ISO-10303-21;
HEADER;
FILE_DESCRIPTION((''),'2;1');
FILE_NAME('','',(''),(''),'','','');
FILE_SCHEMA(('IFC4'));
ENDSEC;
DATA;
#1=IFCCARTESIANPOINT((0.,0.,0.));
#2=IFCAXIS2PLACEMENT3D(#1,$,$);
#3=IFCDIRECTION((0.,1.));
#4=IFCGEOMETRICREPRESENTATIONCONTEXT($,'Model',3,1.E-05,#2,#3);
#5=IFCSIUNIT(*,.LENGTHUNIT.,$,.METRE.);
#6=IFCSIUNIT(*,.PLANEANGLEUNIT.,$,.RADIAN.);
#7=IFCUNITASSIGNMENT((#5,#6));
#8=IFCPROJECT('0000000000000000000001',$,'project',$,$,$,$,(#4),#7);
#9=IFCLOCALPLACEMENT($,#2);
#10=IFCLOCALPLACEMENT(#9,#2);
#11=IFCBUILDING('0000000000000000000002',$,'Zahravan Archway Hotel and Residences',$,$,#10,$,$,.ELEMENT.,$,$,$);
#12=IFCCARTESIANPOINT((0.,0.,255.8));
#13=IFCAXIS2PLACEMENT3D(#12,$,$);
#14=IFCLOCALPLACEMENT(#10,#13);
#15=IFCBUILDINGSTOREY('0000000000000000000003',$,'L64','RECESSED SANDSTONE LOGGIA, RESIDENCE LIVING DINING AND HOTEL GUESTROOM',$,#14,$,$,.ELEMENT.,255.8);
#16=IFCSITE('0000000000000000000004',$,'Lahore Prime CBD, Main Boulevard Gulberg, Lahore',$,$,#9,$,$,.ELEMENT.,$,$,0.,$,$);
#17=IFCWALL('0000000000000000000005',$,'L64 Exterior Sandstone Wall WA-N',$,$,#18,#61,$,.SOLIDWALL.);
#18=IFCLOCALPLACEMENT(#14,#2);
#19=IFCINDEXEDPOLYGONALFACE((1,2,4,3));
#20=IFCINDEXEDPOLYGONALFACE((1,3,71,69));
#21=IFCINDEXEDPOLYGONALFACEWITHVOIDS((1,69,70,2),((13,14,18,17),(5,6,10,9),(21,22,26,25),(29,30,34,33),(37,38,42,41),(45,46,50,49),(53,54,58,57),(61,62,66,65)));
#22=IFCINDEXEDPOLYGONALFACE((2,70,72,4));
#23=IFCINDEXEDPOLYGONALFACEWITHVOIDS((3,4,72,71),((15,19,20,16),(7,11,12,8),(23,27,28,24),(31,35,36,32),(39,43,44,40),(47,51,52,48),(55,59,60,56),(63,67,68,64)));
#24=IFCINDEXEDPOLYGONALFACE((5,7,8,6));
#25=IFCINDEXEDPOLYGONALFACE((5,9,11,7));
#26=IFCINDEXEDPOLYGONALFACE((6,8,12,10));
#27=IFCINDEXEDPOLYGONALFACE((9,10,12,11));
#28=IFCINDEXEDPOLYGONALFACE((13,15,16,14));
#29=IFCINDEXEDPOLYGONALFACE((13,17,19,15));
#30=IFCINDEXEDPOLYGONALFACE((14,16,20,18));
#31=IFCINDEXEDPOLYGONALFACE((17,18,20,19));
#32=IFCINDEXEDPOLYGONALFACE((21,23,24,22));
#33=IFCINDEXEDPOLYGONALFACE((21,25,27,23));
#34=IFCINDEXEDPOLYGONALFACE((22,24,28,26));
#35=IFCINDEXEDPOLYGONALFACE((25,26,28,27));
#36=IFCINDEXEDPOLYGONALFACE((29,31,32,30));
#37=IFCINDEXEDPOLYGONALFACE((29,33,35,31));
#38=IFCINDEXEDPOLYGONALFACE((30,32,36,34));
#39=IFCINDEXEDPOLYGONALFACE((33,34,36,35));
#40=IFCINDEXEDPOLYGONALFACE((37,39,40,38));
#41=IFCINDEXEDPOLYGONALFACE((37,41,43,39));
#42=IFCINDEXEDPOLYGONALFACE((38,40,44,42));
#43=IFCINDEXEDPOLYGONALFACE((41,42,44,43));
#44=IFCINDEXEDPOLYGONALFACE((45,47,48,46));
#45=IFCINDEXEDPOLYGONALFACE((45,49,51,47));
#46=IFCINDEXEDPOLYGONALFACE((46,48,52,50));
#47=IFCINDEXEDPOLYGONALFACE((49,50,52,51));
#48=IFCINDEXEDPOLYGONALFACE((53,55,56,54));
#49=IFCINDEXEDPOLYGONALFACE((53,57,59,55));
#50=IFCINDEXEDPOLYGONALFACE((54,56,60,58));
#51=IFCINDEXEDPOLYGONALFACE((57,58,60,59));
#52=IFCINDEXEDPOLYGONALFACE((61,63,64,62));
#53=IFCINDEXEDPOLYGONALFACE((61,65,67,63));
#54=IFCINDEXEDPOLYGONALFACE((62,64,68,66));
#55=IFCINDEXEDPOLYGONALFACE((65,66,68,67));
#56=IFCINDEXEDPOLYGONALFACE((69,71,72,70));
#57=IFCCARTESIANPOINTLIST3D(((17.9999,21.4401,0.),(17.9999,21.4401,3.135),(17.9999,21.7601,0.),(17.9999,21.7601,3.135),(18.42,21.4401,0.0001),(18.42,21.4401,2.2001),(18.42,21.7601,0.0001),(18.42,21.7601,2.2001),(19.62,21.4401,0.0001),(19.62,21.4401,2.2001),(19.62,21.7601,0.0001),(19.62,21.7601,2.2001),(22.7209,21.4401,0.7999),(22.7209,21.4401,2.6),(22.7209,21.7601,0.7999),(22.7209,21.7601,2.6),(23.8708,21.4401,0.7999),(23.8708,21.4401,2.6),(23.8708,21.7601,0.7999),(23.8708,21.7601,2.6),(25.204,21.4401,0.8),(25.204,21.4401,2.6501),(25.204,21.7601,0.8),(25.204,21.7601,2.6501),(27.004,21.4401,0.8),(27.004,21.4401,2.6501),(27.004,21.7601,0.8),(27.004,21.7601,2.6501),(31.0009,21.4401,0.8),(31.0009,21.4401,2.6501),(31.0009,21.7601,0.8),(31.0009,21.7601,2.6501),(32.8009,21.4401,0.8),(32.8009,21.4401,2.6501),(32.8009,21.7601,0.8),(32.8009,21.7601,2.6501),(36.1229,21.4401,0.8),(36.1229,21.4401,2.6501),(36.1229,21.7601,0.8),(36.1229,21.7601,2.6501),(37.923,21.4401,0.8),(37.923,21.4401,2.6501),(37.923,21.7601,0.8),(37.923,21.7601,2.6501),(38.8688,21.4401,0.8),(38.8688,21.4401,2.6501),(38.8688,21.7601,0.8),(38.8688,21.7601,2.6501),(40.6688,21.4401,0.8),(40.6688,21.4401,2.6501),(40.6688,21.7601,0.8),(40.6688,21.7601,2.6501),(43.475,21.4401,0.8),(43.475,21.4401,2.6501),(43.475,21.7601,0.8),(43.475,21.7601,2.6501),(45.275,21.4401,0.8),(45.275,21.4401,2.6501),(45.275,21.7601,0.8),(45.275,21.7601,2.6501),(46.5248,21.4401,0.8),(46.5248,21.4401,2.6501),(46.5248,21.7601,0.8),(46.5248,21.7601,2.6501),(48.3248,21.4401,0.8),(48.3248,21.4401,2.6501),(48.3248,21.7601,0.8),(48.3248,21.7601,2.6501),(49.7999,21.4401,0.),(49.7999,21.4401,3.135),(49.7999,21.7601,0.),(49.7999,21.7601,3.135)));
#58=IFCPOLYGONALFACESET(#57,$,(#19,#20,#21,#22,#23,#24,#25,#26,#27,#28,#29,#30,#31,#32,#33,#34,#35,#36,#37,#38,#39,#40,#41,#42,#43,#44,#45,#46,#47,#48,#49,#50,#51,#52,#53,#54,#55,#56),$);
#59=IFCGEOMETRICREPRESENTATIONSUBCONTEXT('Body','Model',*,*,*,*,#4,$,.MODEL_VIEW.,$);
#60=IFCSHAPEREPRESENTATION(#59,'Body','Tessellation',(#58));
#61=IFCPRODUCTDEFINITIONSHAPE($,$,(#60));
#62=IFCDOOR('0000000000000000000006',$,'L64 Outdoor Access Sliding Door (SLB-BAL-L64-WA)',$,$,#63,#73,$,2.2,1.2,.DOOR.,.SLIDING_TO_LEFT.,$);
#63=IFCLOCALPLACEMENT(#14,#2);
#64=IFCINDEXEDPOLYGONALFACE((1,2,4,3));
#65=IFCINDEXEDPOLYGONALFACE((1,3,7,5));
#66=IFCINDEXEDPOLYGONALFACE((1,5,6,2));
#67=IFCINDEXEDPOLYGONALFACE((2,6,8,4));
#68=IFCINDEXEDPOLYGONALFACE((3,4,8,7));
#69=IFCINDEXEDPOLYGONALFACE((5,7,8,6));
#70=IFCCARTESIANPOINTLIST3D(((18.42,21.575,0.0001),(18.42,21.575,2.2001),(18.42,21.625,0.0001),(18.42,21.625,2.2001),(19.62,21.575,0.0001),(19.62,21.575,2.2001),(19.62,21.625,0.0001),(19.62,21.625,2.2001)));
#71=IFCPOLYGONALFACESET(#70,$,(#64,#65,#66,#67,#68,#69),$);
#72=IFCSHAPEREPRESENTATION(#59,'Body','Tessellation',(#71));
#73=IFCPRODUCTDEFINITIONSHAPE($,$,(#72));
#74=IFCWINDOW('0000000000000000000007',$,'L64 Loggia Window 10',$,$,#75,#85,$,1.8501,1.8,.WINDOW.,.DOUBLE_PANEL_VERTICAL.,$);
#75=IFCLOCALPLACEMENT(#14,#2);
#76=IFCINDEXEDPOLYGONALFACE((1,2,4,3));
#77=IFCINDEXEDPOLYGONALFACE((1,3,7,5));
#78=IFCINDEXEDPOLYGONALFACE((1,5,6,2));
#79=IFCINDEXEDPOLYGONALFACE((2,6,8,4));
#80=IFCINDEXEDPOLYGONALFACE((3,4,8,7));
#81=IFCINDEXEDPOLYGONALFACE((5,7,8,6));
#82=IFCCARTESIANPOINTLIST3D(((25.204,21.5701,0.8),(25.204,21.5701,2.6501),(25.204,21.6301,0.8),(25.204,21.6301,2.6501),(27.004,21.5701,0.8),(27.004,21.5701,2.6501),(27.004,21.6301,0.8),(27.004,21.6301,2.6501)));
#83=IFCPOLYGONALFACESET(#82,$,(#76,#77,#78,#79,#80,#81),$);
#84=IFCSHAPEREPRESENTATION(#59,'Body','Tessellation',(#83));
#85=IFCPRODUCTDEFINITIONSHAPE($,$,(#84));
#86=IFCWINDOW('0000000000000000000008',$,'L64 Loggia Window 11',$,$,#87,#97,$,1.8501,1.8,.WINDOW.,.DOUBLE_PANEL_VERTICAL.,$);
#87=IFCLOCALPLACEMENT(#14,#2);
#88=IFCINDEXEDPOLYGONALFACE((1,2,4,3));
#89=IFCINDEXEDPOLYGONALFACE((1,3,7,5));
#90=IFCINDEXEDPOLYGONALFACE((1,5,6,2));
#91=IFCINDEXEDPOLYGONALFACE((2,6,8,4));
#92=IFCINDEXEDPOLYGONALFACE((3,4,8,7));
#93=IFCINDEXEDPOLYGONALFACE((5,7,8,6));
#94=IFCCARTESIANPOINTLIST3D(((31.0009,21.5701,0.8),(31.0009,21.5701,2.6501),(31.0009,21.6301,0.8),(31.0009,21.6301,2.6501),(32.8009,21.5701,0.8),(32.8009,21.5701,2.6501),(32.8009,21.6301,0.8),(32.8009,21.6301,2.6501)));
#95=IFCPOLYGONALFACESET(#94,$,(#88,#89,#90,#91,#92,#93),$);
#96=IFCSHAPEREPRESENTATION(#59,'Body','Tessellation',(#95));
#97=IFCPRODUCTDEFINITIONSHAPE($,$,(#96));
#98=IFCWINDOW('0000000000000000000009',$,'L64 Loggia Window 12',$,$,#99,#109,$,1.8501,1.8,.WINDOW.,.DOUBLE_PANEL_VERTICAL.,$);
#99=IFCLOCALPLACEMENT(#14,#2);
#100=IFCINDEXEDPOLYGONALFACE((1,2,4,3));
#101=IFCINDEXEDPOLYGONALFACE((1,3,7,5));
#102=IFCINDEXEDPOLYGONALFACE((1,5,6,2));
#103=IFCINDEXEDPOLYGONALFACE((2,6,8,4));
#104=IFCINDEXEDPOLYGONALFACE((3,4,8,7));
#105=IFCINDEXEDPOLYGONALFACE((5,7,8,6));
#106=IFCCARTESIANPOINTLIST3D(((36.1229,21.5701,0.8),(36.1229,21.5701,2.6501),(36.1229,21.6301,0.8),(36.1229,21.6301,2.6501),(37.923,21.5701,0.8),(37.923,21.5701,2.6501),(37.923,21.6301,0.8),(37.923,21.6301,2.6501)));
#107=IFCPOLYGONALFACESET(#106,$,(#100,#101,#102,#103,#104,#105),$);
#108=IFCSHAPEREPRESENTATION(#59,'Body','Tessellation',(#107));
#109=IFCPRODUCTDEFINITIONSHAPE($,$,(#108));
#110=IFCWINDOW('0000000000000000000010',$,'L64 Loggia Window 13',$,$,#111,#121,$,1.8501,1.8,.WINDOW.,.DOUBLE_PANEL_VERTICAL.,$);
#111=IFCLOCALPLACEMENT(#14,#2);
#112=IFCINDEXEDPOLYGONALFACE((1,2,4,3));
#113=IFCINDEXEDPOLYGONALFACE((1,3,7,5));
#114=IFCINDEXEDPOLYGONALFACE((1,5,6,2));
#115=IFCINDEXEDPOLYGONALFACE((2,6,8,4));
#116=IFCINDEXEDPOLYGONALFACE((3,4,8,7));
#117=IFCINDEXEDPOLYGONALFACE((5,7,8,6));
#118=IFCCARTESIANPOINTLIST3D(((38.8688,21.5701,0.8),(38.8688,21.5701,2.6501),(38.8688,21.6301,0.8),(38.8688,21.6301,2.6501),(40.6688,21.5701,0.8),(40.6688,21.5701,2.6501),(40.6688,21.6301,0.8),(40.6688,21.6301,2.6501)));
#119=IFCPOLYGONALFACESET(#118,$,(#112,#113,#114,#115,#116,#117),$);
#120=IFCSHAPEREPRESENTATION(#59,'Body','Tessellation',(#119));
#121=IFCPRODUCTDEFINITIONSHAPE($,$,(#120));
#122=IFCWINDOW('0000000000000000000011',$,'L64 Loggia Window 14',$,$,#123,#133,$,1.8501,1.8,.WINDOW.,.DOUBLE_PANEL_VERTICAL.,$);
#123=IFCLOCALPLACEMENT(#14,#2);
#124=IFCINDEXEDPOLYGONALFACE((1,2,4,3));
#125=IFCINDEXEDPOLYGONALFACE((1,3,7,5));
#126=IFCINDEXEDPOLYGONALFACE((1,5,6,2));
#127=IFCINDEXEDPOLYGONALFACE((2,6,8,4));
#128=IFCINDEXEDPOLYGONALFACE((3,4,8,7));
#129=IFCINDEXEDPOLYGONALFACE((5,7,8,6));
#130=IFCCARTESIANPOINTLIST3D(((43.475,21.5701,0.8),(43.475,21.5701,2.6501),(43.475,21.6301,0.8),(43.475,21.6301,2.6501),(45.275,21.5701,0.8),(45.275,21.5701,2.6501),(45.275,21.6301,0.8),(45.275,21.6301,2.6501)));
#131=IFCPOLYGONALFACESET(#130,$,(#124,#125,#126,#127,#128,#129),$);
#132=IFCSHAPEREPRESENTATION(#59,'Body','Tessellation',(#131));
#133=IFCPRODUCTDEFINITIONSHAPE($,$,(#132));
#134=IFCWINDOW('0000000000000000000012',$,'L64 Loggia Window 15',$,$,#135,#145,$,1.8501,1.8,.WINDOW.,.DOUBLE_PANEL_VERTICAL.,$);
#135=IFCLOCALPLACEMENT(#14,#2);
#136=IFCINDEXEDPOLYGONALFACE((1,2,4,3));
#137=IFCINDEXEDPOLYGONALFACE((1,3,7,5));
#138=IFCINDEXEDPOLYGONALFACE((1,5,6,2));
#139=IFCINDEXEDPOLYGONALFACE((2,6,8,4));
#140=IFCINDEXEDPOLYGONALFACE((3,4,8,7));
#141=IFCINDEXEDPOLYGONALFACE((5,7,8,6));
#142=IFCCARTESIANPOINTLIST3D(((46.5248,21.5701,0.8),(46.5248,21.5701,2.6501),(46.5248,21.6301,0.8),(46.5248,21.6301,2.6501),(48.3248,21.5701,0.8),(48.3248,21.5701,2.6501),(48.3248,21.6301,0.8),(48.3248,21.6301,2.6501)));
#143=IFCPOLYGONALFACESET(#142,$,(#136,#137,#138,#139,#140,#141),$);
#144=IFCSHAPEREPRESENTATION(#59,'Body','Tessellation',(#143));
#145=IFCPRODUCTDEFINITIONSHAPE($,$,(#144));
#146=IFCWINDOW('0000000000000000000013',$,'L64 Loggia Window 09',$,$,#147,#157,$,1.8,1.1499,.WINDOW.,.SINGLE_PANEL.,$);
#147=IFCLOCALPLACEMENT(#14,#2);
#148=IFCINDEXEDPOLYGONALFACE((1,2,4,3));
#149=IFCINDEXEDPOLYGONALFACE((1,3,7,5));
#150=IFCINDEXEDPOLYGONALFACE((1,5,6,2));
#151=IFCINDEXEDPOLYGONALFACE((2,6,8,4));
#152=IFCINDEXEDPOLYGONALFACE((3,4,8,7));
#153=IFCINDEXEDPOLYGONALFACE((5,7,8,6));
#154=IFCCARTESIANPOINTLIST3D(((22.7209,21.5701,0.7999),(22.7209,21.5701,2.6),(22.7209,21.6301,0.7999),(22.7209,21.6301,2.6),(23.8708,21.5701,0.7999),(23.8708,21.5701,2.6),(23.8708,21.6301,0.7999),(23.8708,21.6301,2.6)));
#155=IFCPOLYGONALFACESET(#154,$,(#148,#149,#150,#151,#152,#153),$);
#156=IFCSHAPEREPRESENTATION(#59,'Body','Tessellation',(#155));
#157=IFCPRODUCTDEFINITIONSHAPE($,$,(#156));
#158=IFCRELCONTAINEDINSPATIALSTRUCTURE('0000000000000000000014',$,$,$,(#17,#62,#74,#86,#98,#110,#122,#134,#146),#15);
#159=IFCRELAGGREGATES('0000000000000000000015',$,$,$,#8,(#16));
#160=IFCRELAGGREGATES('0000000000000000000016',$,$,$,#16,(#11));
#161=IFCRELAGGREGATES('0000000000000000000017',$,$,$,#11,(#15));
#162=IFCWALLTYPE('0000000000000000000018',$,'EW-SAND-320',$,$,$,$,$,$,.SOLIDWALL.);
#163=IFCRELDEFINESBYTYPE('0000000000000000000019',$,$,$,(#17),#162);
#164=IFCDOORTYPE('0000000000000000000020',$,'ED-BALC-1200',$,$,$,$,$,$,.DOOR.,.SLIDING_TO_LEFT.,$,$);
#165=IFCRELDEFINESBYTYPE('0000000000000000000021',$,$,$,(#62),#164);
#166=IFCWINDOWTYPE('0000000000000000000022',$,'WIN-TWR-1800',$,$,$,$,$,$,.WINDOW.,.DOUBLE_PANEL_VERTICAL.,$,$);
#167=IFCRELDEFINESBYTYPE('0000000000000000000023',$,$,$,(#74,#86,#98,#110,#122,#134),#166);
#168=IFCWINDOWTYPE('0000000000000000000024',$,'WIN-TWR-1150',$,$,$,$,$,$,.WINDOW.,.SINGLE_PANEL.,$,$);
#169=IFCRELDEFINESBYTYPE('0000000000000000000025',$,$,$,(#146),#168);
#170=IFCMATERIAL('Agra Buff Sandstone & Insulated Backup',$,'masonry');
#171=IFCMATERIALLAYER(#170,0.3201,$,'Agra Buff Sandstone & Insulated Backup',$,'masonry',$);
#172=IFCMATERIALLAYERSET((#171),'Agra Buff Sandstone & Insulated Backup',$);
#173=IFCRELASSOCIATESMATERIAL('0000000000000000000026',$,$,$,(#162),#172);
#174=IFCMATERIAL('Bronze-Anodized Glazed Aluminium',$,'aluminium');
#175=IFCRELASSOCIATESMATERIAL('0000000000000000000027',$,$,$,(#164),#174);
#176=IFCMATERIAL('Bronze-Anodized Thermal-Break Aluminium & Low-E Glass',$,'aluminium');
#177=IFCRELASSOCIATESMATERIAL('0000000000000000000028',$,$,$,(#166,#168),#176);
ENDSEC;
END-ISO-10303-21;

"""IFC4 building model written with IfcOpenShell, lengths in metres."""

from ifc_helpers import new_model, si_unit, direction, frame, frame_2d, origin, place, context, subcontext, project, spatial, rectangle, extrude, source, transform, mapped, material, layer, layer_set, type_object, type_shapes, element, fill, save


model = new_model("IFC4")

# Units and contexts
model_context = context("Model", 3, precision=1e-05, world=origin(), true_north=direction((0.0, 1.0)))
body_context = subcontext(model_context, "Body", "Model", "MODEL_VIEW")
ifc_project = project(units=[si_unit("LENGTHUNIT", "METRE"), si_unit("PLANEANGLEUNIT", "RADIAN")], contexts=[model_context])

# Site, building, storey
site_placement = place(None, origin())
site = spatial("IfcSite", under=ifc_project, at=site_placement, Name="Lahore Prime CBD, Main Boulevard Gulberg, Lahore", CompositionType="ELEMENT", RefElevation=0.0)
building_placement = place(site_placement, origin())
building = spatial("IfcBuilding", under=site, at=building_placement, Name="Zahravan Archway Hotel and Residences", CompositionType="ELEMENT")
storey_placement = place(building_placement, frame((0.0, 0.0, 255.8)))
storey = spatial("IfcBuildingStorey", under=building, at=storey_placement, Name="L64", Description="RECESSED SANDSTONE LOGGIA, RESIDENCE LIVING DINING AND HOTEL GUESTROOM", CompositionType="ELEMENT", Elevation=255.8)

# Wall, openings, door, windows
ifc_material_1 = material(Name="Agra Buff Sandstone & Insulated Backup", Category="masonry")
ifc_layer_1 = layer(ifc_material_1, 0.3201, Name="Agra Buff Sandstone & Insulated Backup", Category="masonry")
ifc_layer_set_1 = layer_set([ifc_layer_1], Name="Agra Buff Sandstone & Insulated Backup")
wall_type_1 = type_object("IfcWallType", Name="EW-SAND-320", PredefinedType="SOLIDWALL", material=ifc_layer_set_1)
wall_1_placement = place(storey_placement, frame((18.0, 21.6001, 0.0), z_axis=(0.0, 0.0, 1.0), x_axis=(1.0, 0.0, 0.0)))
wall_1 = element("IfcWall", 1, at=wall_1_placement, inside=storey, type_object=wall_type_1, Name="L64 Exterior Sandstone Wall WA-N", PredefinedType="SOLIDWALL", context=body_context, shape_type="SweptSolid", body=[
    extrude(rectangle(XDim=31.8, YDim=0.3201, at=frame_2d((15.8999, 0.0))), origin(), (0.0, 0.0, 1.0), 3.135),
])
opening_1_placement = place(wall_1_placement, frame((0.4199, 0.0, 0.0)))
opening_1 = element("IfcOpeningElement", 2, at=opening_1_placement, cuts=wall_1, PredefinedType="OPENING", context=body_context, shape_type="SweptSolid", body=[
    extrude(rectangle(XDim=1.2, YDim=2.2, at=frame_2d((0.6001, 1.1001))), frame((0.0, 0.1699, 0.0), z_axis=(0.0, -1.0, 0.0), x_axis=(1.0, 0.0, 0.0)), (0.0, 0.0, 1.0), 0.3401),
])
opening_2_placement = place(wall_1_placement, frame((4.7209, 0.0, 0.8)))
opening_2 = element("IfcOpeningElement", 3, at=opening_2_placement, cuts=wall_1, PredefinedType="OPENING", context=body_context, shape_type="SweptSolid", body=[
    extrude(rectangle(XDim=1.1499, YDim=1.8, at=frame_2d((0.575, 0.8999))), frame((0.0, 0.1699, 0.0), z_axis=(0.0, -1.0, 0.0), x_axis=(1.0, 0.0, 0.0)), (0.0, 0.0, 1.0), 0.3401),
])
opening_3_placement = place(wall_1_placement, frame((7.2041, 0.0, 0.8)))
opening_3 = element("IfcOpeningElement", 4, at=opening_3_placement, cuts=wall_1, PredefinedType="OPENING", context=body_context, shape_type="SweptSolid", body=[
    extrude(rectangle(XDim=1.8, YDim=1.8501, at=frame_2d((0.8999, 0.925))), frame((0.0, 0.1699, 0.0), z_axis=(0.0, -1.0, 0.0), x_axis=(1.0, 0.0, 0.0)), (0.0, 0.0, 1.0), 0.3401),
])
opening_4_placement = place(wall_1_placement, frame((13.001, 0.0, 0.8)))
opening_4 = element("IfcOpeningElement", 5, at=opening_4_placement, cuts=wall_1, PredefinedType="OPENING", context=body_context, shape_type="SweptSolid", body=[
    extrude(rectangle(XDim=1.8, YDim=1.8501, at=frame_2d((0.8999, 0.925))), frame((0.0, 0.1699, 0.0), z_axis=(0.0, -1.0, 0.0), x_axis=(1.0, 0.0, 0.0)), (0.0, 0.0, 1.0), 0.3401),
])
opening_5_placement = place(wall_1_placement, frame((18.123, 0.0, 0.8)))
opening_5 = element("IfcOpeningElement", 6, at=opening_5_placement, cuts=wall_1, PredefinedType="OPENING", context=body_context, shape_type="SweptSolid", body=[
    extrude(rectangle(XDim=1.8, YDim=1.8501, at=frame_2d((0.8999, 0.925))), frame((0.0, 0.1699, 0.0), z_axis=(0.0, -1.0, 0.0), x_axis=(1.0, 0.0, 0.0)), (0.0, 0.0, 1.0), 0.3401),
])
opening_6_placement = place(wall_1_placement, frame((20.8689, 0.0, 0.8)))
opening_6 = element("IfcOpeningElement", 7, at=opening_6_placement, cuts=wall_1, PredefinedType="OPENING", context=body_context, shape_type="SweptSolid", body=[
    extrude(rectangle(XDim=1.8, YDim=1.8501, at=frame_2d((0.8999, 0.925))), frame((0.0, 0.1699, 0.0), z_axis=(0.0, -1.0, 0.0), x_axis=(1.0, 0.0, 0.0)), (0.0, 0.0, 1.0), 0.3401),
])
opening_7_placement = place(wall_1_placement, frame((25.4751, 0.0, 0.8)))
opening_7 = element("IfcOpeningElement", 8, at=opening_7_placement, cuts=wall_1, PredefinedType="OPENING", context=body_context, shape_type="SweptSolid", body=[
    extrude(rectangle(XDim=1.8, YDim=1.8501, at=frame_2d((0.8999, 0.925))), frame((0.0, 0.1699, 0.0), z_axis=(0.0, -1.0, 0.0), x_axis=(1.0, 0.0, 0.0)), (0.0, 0.0, 1.0), 0.3401),
])
opening_8_placement = place(wall_1_placement, frame((28.5249, 0.0, 0.8)))
opening_8 = element("IfcOpeningElement", 9, at=opening_8_placement, cuts=wall_1, PredefinedType="OPENING", context=body_context, shape_type="SweptSolid", body=[
    extrude(rectangle(XDim=1.8, YDim=1.8501, at=frame_2d((0.8999, 0.925))), frame((0.0, 0.1699, 0.0), z_axis=(0.0, -1.0, 0.0), x_axis=(1.0, 0.0, 0.0)), (0.0, 0.0, 1.0), 0.3401),
])
ifc_material_2 = material(Name="Bronze-Anodized Glazed Aluminium", Category="aluminium")
door_type_1 = type_object("IfcDoorType", Name="ED-BALC-1200", OperationType="SLIDING_TO_LEFT", PredefinedType="DOOR", material=ifc_material_2)
shared_shape_1 = source(origin(), body_context, "Body", "SweptSolid", [
    extrude(rectangle(XDim=1.2, YDim=2.2, at=frame_2d((0.6001, 1.1001))), frame((0.0, 0.0249, 0.0), z_axis=(0.0, -1.0, 0.0), x_axis=(1.0, 0.0, 0.0)), (0.0, 0.0, 1.0), 0.05),
])
type_shapes(door_type_1, [shared_shape_1])
door_1_placement = place(opening_1_placement, origin())
door_1 = element("IfcDoor", 10, at=door_1_placement, inside=storey, type_object=door_type_1, Name="L64 Outdoor Access Sliding Door (SLB-BAL-L64-WA)", OperationType="SLIDING_TO_LEFT", OverallHeight=2.2, OverallWidth=1.2, PredefinedType="DOOR", context=body_context, shape_type="MappedRepresentation", body=[
    mapped(shared_shape_1, transform((0.0, 0.0, 0.0), scale=1.0)),
])
fill(opening_1, door_1)
ifc_material_3 = material(Name="Bronze-Anodized Thermal-Break Aluminium & Low-E Glass", Category="aluminium")
window_type_1 = type_object("IfcWindowType", Name="WIN-TWR-1800", PartitioningType="DOUBLE_PANEL_VERTICAL", PredefinedType="WINDOW", material=ifc_material_3)
shared_shape_2 = source(origin(), body_context, "Body", "SweptSolid", [
    extrude(rectangle(XDim=1.8, YDim=1.8501, at=frame_2d((0.8999, 0.925))), frame((0.0, 0.03, 0.0), z_axis=(0.0, -1.0, 0.0), x_axis=(1.0, 0.0, 0.0)), (0.0, 0.0, 1.0), 0.0601),
])
type_shapes(window_type_1, [shared_shape_2])
window_1_placement = place(opening_3_placement, origin())
window_1 = element("IfcWindow", 11, at=window_1_placement, inside=storey, type_object=window_type_1, Name="L64 Loggia Window 10", OverallHeight=1.8501, OverallWidth=1.8, PartitioningType="DOUBLE_PANEL_VERTICAL", PredefinedType="WINDOW", context=body_context, shape_type="MappedRepresentation", body=[
    mapped(shared_shape_2, transform((0.0, 0.0, 0.0), scale=1.0)),
])
fill(opening_3, window_1)
window_2_placement = place(opening_4_placement, origin())
window_2 = element("IfcWindow", 12, at=window_2_placement, inside=storey, type_object=window_type_1, Name="L64 Loggia Window 11", OverallHeight=1.8501, OverallWidth=1.8, PartitioningType="DOUBLE_PANEL_VERTICAL", PredefinedType="WINDOW", context=body_context, shape_type="MappedRepresentation", body=[
    mapped(shared_shape_2, transform((0.0, 0.0, 0.0), scale=1.0)),
])
fill(opening_4, window_2)
window_3_placement = place(opening_5_placement, origin())
window_3 = element("IfcWindow", 13, at=window_3_placement, inside=storey, type_object=window_type_1, Name="L64 Loggia Window 12", OverallHeight=1.8501, OverallWidth=1.8, PartitioningType="DOUBLE_PANEL_VERTICAL", PredefinedType="WINDOW", context=body_context, shape_type="MappedRepresentation", body=[
    mapped(shared_shape_2, transform((0.0, 0.0, 0.0), scale=1.0)),
])
fill(opening_5, window_3)
window_4_placement = place(opening_6_placement, origin())
window_4 = element("IfcWindow", 14, at=window_4_placement, inside=storey, type_object=window_type_1, Name="L64 Loggia Window 13", OverallHeight=1.8501, OverallWidth=1.8, PartitioningType="DOUBLE_PANEL_VERTICAL", PredefinedType="WINDOW", context=body_context, shape_type="MappedRepresentation", body=[
    mapped(shared_shape_2, transform((0.0, 0.0, 0.0), scale=1.0)),
])
fill(opening_6, window_4)
window_5_placement = place(opening_7_placement, origin())
window_5 = element("IfcWindow", 15, at=window_5_placement, inside=storey, type_object=window_type_1, Name="L64 Loggia Window 14", OverallHeight=1.8501, OverallWidth=1.8, PartitioningType="DOUBLE_PANEL_VERTICAL", PredefinedType="WINDOW", context=body_context, shape_type="MappedRepresentation", body=[
    mapped(shared_shape_2, transform((0.0, 0.0, 0.0), scale=1.0)),
])
fill(opening_7, window_5)
window_6_placement = place(opening_8_placement, origin())
window_6 = element("IfcWindow", 16, at=window_6_placement, inside=storey, type_object=window_type_1, Name="L64 Loggia Window 15", OverallHeight=1.8501, OverallWidth=1.8, PartitioningType="DOUBLE_PANEL_VERTICAL", PredefinedType="WINDOW", context=body_context, shape_type="MappedRepresentation", body=[
    mapped(shared_shape_2, transform((0.0, 0.0, 0.0), scale=1.0)),
])
fill(opening_8, window_6)
window_type_2 = type_object("IfcWindowType", Name="WIN-TWR-1150", PartitioningType="SINGLE_PANEL", PredefinedType="WINDOW", material=ifc_material_3)
shared_shape_3 = source(origin(), body_context, "Body", "SweptSolid", [
    extrude(rectangle(XDim=1.1499, YDim=1.8, at=frame_2d((0.575, 0.8999))), frame((0.0, 0.03, 0.0), z_axis=(0.0, -1.0, 0.0), x_axis=(1.0, 0.0, 0.0)), (0.0, 0.0, 1.0), 0.0601),
])
type_shapes(window_type_2, [shared_shape_3])
window_7_placement = place(opening_2_placement, origin())
window_7 = element("IfcWindow", 17, at=window_7_placement, inside=storey, type_object=window_type_2, Name="L64 Loggia Window 09", OverallHeight=1.8, OverallWidth=1.1499, PartitioningType="SINGLE_PANEL", PredefinedType="WINDOW", context=body_context, shape_type="MappedRepresentation", body=[
    mapped(shared_shape_3, transform((0.0, 0.0, 0.0), scale=1.0)),
])
fill(opening_2, window_7)

save(model, "model.ifc")
